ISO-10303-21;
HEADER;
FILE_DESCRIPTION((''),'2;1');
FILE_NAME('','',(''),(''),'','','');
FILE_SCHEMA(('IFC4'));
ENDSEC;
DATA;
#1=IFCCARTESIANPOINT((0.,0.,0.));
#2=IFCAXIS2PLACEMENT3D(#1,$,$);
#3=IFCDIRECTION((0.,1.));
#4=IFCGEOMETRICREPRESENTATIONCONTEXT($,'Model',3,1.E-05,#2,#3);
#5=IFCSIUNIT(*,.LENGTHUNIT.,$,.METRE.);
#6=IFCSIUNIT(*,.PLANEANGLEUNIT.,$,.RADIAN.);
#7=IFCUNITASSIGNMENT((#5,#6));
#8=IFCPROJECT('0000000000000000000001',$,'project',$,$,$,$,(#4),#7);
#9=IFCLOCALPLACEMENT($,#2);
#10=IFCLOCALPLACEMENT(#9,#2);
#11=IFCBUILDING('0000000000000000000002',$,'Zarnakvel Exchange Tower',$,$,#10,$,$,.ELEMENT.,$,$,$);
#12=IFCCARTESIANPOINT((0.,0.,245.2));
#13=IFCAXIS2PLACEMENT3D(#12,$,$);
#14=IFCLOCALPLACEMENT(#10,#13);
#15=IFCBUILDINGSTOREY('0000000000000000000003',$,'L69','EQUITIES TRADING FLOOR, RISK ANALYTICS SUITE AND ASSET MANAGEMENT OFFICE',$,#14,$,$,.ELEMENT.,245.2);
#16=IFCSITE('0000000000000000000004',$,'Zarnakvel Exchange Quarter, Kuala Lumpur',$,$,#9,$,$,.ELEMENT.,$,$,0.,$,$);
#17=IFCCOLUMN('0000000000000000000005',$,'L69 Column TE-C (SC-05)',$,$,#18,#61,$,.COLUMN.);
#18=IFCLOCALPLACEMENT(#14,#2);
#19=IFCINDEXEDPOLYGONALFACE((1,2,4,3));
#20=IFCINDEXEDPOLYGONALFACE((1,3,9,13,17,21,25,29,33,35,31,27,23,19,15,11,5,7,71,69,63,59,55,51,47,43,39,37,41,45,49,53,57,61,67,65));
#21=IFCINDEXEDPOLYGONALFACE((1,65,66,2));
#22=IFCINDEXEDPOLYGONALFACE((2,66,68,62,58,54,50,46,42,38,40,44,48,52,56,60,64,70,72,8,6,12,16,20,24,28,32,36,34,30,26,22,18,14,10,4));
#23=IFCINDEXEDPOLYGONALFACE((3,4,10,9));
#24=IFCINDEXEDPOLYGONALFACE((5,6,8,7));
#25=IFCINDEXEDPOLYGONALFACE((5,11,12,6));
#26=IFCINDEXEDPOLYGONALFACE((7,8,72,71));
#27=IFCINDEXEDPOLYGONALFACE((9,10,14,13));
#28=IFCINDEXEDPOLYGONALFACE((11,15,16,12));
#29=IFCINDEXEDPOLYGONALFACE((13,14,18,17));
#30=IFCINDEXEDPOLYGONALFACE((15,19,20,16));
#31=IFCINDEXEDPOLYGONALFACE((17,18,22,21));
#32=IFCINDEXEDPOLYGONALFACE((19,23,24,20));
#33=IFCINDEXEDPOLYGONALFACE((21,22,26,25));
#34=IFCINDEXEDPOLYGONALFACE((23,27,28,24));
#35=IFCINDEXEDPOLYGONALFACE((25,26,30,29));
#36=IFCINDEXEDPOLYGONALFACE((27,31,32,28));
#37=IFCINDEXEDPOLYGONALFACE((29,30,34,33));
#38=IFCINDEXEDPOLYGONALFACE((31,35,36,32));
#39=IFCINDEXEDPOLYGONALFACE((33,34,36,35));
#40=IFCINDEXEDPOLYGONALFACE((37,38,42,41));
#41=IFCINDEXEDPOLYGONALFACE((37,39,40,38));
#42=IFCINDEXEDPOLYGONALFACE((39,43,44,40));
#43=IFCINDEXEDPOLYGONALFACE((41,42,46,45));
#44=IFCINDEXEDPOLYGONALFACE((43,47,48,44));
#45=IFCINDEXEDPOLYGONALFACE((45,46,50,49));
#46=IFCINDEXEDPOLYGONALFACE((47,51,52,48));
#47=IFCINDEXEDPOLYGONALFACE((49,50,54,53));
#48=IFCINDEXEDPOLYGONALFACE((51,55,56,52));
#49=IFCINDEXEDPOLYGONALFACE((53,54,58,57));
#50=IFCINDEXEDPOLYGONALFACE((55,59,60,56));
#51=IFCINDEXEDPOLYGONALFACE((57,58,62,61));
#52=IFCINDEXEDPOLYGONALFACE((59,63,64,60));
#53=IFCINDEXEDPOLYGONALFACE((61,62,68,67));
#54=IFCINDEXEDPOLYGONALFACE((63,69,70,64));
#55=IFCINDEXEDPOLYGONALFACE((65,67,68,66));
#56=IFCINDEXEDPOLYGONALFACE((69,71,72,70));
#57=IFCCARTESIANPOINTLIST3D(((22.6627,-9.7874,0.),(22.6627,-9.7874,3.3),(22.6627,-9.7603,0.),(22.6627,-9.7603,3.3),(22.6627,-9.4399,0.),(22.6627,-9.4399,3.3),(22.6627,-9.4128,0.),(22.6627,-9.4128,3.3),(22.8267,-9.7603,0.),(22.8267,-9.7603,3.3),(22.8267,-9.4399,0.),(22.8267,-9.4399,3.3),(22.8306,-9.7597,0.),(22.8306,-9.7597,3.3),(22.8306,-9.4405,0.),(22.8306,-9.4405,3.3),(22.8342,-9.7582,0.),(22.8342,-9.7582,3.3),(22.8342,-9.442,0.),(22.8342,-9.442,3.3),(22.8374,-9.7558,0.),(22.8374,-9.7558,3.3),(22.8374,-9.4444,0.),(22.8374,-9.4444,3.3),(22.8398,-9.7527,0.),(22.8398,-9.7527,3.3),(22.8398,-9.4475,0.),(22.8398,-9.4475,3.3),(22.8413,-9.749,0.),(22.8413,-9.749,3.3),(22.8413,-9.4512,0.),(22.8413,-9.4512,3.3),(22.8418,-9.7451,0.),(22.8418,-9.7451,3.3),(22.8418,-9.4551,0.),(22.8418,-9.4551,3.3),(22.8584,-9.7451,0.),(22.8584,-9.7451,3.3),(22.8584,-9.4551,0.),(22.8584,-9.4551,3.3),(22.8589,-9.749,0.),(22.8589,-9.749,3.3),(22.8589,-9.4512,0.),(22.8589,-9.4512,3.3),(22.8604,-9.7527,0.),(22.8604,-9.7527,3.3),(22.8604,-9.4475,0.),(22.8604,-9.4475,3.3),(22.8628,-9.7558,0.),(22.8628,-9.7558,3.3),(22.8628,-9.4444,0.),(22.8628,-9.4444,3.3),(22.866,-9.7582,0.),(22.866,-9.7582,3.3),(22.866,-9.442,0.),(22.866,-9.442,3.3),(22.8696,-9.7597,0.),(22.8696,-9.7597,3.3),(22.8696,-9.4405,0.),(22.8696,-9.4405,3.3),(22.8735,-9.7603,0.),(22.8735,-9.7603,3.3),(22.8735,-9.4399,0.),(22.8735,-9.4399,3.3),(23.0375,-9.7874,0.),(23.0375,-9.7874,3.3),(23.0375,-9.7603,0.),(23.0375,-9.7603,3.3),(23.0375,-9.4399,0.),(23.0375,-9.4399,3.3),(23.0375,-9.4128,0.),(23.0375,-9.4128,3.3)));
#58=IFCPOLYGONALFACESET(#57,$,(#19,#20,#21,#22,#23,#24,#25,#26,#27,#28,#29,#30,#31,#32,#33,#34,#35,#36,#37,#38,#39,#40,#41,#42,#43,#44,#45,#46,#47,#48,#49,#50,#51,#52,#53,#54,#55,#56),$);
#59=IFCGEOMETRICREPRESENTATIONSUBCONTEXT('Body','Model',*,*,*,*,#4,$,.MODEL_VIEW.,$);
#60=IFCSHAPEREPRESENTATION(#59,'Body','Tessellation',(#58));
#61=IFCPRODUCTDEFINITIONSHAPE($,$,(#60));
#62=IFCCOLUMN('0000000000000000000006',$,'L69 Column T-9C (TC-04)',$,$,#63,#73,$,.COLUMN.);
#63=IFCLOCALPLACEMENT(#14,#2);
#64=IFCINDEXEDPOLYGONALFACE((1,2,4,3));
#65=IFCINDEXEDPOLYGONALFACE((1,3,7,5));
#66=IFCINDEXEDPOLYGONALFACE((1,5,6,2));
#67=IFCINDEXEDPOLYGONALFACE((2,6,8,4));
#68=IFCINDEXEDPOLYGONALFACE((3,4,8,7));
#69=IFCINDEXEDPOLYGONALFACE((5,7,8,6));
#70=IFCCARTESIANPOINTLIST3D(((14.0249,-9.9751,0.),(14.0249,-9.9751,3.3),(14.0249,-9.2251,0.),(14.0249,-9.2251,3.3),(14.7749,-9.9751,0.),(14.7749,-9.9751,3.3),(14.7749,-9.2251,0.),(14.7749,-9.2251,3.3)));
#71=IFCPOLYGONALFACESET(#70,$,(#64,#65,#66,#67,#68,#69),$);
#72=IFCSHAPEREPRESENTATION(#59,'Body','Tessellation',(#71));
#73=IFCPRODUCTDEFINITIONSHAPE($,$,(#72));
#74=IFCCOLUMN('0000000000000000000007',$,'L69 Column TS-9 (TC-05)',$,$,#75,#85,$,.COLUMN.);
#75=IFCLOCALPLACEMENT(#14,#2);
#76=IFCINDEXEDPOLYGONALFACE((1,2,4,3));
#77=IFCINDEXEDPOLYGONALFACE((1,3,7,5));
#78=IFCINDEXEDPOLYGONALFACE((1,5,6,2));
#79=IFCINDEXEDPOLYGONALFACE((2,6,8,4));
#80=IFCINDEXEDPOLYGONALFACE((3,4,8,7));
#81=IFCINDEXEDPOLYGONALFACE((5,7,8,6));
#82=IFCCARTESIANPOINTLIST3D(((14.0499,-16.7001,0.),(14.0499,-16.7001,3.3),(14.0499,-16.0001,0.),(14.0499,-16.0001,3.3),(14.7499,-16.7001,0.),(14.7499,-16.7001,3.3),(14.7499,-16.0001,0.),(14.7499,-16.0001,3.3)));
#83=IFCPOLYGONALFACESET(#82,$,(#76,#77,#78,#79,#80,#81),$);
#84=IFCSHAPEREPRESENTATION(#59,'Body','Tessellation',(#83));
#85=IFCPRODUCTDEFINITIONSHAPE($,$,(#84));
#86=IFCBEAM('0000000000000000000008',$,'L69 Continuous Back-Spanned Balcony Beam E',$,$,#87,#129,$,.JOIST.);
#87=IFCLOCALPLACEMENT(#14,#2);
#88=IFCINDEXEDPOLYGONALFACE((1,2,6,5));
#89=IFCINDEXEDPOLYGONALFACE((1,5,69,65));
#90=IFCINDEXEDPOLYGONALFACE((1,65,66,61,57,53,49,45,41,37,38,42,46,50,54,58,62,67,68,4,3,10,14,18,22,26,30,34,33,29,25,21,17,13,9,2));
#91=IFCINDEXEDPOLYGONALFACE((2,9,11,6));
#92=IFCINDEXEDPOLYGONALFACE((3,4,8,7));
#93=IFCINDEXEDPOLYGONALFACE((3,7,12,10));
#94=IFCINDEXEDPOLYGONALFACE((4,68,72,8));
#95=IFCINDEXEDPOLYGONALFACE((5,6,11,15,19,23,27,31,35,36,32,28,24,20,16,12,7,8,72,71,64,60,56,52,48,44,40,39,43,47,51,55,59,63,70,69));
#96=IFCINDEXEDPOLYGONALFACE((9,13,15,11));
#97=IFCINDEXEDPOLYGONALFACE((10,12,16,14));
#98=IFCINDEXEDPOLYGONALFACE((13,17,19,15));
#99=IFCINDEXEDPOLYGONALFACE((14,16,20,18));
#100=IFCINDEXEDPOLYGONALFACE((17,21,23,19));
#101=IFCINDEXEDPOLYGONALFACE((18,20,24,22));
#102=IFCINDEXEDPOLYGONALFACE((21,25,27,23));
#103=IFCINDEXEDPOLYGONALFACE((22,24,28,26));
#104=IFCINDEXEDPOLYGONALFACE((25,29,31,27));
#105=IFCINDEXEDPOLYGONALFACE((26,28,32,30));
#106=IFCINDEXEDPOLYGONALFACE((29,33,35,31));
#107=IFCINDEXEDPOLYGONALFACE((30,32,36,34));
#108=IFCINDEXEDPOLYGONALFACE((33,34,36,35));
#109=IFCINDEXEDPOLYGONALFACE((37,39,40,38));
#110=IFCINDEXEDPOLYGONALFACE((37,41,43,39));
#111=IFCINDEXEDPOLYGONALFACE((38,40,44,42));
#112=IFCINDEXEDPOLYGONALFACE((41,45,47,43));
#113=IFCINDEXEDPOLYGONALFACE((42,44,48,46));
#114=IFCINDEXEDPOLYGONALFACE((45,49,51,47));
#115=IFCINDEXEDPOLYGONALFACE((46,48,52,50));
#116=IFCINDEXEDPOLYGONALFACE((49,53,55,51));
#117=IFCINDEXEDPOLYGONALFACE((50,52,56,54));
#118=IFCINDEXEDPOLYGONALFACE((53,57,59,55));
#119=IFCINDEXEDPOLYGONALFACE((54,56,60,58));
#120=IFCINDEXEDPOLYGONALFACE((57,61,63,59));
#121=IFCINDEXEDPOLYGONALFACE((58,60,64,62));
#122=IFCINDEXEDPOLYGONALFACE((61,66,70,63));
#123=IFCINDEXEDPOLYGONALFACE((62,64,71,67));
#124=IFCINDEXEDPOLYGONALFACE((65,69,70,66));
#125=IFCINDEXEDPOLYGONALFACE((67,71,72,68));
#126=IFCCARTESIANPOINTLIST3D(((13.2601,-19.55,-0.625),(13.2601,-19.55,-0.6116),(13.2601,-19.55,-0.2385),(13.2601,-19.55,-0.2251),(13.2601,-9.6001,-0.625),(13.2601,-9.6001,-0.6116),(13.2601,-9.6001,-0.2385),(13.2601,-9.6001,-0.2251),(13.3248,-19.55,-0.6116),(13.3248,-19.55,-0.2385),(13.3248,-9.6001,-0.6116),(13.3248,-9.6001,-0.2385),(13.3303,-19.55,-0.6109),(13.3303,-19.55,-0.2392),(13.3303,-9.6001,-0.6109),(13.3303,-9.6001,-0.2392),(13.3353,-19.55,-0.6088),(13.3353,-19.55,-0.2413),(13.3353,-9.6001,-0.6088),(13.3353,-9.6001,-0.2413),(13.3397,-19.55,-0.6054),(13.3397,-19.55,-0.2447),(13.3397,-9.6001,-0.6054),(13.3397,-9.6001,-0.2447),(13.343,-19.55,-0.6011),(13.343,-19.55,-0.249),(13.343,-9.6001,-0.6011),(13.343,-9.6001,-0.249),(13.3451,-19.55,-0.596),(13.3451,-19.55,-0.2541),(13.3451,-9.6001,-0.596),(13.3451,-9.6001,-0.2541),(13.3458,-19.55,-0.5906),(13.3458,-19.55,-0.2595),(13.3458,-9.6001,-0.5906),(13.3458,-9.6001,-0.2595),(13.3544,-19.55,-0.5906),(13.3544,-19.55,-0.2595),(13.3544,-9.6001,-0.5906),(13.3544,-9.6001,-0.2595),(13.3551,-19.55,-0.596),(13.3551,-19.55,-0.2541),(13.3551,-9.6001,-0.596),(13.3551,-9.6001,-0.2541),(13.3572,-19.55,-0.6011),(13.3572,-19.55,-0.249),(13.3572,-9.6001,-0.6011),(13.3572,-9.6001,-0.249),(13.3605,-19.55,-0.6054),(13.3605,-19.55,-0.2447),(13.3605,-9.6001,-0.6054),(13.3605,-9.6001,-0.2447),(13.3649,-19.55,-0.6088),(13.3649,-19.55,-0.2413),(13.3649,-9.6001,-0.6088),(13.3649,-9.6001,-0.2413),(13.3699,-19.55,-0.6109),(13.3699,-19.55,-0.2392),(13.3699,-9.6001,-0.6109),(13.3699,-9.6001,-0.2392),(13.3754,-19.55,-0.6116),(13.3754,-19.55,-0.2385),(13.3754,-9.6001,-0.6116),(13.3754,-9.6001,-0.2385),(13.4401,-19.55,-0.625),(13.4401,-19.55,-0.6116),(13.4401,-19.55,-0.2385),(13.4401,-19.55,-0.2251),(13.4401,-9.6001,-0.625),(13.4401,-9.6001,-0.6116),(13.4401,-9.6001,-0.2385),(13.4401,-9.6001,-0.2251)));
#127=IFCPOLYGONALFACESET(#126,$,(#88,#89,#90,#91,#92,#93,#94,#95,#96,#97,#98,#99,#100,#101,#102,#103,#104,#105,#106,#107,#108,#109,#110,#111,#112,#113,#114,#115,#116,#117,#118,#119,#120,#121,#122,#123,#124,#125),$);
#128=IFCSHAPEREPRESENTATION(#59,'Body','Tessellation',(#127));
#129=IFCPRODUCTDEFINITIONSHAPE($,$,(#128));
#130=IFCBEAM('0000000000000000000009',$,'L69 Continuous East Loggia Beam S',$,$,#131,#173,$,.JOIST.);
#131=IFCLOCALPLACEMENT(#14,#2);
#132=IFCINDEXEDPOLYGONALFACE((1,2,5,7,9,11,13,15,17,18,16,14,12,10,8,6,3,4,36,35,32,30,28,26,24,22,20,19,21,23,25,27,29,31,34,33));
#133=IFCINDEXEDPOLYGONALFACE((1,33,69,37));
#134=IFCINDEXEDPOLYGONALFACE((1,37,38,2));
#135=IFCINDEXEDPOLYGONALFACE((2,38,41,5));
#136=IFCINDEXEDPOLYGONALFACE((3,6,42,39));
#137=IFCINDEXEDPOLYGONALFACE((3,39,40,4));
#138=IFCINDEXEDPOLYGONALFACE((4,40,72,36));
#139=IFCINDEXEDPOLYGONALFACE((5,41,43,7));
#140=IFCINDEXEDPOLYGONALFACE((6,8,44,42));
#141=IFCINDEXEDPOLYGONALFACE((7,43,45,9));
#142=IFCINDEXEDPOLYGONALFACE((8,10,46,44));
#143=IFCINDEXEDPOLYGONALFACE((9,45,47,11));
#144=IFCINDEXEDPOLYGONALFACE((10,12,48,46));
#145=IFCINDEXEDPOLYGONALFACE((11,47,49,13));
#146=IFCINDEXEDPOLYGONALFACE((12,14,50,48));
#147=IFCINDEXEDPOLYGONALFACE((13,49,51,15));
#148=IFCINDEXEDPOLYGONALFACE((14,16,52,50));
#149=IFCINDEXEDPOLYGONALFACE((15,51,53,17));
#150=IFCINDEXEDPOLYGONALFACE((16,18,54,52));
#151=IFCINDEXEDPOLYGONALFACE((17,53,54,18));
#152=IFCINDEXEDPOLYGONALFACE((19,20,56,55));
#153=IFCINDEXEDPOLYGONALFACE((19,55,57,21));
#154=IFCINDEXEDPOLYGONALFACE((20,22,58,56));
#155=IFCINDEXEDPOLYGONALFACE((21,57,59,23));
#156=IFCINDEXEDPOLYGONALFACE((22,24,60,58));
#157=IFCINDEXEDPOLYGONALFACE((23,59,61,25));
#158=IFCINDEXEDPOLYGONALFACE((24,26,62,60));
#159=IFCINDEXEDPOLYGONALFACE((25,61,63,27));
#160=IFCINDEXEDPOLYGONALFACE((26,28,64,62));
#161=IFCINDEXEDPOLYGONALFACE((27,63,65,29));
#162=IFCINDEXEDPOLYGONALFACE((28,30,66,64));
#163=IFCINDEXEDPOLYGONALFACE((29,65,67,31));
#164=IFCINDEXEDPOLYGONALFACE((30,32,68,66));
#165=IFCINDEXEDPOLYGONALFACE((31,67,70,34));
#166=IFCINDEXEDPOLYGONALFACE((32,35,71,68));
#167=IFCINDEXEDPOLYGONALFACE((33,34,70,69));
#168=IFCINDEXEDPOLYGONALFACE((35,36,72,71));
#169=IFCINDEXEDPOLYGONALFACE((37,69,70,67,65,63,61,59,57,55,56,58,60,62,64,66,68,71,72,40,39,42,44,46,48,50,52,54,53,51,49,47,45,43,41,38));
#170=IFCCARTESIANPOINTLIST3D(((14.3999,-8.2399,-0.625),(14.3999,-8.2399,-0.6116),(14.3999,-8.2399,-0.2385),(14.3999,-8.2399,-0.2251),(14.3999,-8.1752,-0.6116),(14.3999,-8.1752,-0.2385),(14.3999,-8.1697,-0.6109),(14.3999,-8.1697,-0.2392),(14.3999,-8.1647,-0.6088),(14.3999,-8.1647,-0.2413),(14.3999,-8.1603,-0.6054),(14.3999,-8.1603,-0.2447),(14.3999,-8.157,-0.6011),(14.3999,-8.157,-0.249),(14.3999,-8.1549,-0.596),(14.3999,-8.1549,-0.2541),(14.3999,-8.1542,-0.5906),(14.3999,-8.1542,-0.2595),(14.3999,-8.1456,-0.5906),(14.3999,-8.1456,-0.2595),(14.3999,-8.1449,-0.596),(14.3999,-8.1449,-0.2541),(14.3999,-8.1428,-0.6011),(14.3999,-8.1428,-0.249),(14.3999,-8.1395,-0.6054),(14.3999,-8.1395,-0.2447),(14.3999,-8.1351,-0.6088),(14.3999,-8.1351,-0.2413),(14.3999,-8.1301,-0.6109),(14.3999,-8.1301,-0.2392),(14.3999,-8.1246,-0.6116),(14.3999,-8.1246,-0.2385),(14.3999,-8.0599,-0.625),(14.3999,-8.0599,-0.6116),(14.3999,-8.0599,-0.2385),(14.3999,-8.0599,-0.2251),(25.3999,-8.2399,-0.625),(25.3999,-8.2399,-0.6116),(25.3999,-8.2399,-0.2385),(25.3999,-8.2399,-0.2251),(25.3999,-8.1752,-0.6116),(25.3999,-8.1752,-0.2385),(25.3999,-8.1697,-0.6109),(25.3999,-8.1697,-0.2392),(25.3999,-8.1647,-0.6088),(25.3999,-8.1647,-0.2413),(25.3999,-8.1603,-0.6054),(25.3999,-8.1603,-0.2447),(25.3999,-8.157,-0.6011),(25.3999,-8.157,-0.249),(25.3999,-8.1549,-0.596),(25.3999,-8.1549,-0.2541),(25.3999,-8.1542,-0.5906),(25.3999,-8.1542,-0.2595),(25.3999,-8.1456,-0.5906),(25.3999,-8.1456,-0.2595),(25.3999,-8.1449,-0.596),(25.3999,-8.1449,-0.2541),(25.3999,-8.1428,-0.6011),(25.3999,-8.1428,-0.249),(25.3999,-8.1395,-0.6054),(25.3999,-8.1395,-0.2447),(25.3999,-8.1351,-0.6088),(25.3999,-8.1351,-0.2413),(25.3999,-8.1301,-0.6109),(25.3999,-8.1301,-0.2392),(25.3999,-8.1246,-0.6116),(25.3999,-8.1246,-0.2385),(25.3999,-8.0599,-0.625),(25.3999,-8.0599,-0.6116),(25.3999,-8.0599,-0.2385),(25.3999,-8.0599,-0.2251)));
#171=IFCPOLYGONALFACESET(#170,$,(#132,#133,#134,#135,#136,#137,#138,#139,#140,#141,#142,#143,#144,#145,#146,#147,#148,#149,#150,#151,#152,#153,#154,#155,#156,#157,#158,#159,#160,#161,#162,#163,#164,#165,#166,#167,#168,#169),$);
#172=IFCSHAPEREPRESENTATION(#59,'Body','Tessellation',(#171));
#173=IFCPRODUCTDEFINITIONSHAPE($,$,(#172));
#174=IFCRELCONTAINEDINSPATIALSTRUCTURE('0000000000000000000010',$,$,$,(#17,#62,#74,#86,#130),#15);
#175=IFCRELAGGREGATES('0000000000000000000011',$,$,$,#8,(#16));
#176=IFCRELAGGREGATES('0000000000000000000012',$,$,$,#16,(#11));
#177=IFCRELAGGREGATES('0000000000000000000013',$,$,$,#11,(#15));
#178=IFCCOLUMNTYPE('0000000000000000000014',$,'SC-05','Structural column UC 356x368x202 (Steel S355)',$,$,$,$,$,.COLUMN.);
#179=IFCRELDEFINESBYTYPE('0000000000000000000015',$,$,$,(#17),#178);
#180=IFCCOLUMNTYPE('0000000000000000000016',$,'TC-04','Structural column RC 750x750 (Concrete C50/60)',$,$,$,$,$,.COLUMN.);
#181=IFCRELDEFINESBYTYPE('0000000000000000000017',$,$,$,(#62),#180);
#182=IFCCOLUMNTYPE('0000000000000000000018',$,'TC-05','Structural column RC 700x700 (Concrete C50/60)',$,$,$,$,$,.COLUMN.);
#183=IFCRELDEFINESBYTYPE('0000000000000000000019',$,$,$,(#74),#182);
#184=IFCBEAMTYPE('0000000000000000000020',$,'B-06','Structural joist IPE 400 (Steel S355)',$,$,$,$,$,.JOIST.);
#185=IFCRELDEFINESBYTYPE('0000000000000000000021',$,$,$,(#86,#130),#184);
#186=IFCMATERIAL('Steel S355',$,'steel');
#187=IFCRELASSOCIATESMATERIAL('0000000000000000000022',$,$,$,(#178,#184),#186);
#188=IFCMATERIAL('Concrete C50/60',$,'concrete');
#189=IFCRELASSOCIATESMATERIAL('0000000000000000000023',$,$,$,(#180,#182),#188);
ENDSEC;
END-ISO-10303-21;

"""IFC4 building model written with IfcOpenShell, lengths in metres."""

from ifc_helpers import new_model, si_unit, direction, frame, origin, origin_2d, place, context, subcontext, project, spatial, rectangle, i_section, extrude, material, material_profile, profile_set, type_object, element, save


model = new_model("IFC4")

# Units and contexts
model_context = context("Model", 3, precision=1e-05, world=origin(), true_north=direction((0.0, 1.0)))
body_context = subcontext(model_context, "Body", "Model", "MODEL_VIEW")
ifc_project = project(units=[si_unit("LENGTHUNIT", "METRE"), si_unit("PLANEANGLEUNIT", "RADIAN")], contexts=[model_context])

# Site, building, storey
site_placement = place(None, origin())
site = spatial("IfcSite", under=ifc_project, at=site_placement, Name="Zarnakvel Exchange Quarter, Kuala Lumpur", CompositionType="ELEMENT", RefElevation=0.0)
building_placement = place(site_placement, origin())
building = spatial("IfcBuilding", under=site, at=building_placement, Name="Zarnakvel Exchange Tower", CompositionType="ELEMENT")
storey_placement = place(building_placement, frame((0.0, 0.0, 245.2)))
storey = spatial("IfcBuildingStorey", under=building, at=storey_placement, Name="L69", Description="EQUITIES TRADING FLOOR, RISK ANALYTICS SUITE AND ASSET MANAGEMENT OFFICE", CompositionType="ELEMENT", Elevation=245.2)

# Columns
ifc_material_1 = material(Name="Steel S355", Category="steel")
ifc_material_profile_1 = material_profile(ifc_material_1, i_section(OverallWidth=0.3748, OverallDepth=0.3745, WebThickness=0.0166, FlangeThickness=0.0271, FilletRadius=0.0151, at=origin_2d()))
ifc_profile_set_1 = profile_set([ifc_material_profile_1], Name="Steel S355")
column_type_1 = type_object("IfcColumnType", Name="SC-05", Description="Structural column UC 356x368x202 (Steel S355)", PredefinedType="COLUMN", material=ifc_profile_set_1)
column_1_placement = place(storey_placement, frame((22.8501, -9.6001, 0.0), z_axis=(0.0, 0.0, 1.0), x_axis=(1.0, 0.0, 0.0)))
element("IfcColumn", 1, at=column_1_placement, inside=storey, type_object=column_type_1, Name="L69 Column TE-C (SC-05)", PredefinedType="COLUMN", context=body_context, shape_type="SweptSolid", body=[
    extrude(i_section(OverallWidth=0.3748, OverallDepth=0.3745, WebThickness=0.0166, FlangeThickness=0.0271, FilletRadius=0.0151, at=origin_2d()), origin(), (0.0, 0.0, 1.0), 3.3),
])
ifc_material_2 = material(Name="Concrete C50/60", Category="concrete")
ifc_material_profile_2 = material_profile(ifc_material_2, rectangle(XDim=0.75, YDim=0.75, at=origin_2d()))
ifc_profile_set_2 = profile_set([ifc_material_profile_2], Name="Concrete C50/60")
column_type_2 = type_object("IfcColumnType", Name="TC-04", Description="Structural column RC 750x750 (Concrete C50/60)", PredefinedType="COLUMN", material=ifc_profile_set_2)
column_2_placement = place(storey_placement, frame((14.3999, -9.6001, 0.0), z_axis=(0.0, 0.0, 1.0), x_axis=(1.0, 0.0, 0.0)))
element("IfcColumn", 2, at=column_2_placement, inside=storey, type_object=column_type_2, Name="L69 Column T-9C (TC-04)", PredefinedType="COLUMN", context=body_context, shape_type="SweptSolid", body=[
    extrude(rectangle(XDim=0.75, YDim=0.75, at=origin_2d()), origin(), (0.0, 0.0, 1.0), 3.3),
])
ifc_material_profile_3 = material_profile(ifc_material_2, rectangle(XDim=0.7, YDim=0.7, at=origin_2d()))
ifc_profile_set_3 = profile_set([ifc_material_profile_3], Name="Concrete C50/60")
column_type_3 = type_object("IfcColumnType", Name="TC-05", Description="Structural column RC 700x700 (Concrete C50/60)", PredefinedType="COLUMN", material=ifc_profile_set_3)
column_3_placement = place(storey_placement, frame((14.3999, -16.3501, 0.0), z_axis=(0.0, 0.0, 1.0), x_axis=(1.0, 0.0, 0.0)))
element("IfcColumn", 3, at=column_3_placement, inside=storey, type_object=column_type_3, Name="L69 Column TS-9 (TC-05)", PredefinedType="COLUMN", context=body_context, shape_type="SweptSolid", body=[
    extrude(rectangle(XDim=0.7, YDim=0.7, at=origin_2d()), origin(), (0.0, 0.0, 1.0), 3.3),
])

# Beams
ifc_material_profile_4 = material_profile(ifc_material_1, i_section(OverallWidth=0.1799, OverallDepth=0.3999, WebThickness=0.0085, FlangeThickness=0.0134, FilletRadius=0.021, at=origin_2d()))
ifc_profile_set_4 = profile_set([ifc_material_profile_4], Name="Steel S355")
beam_type_1 = type_object("IfcBeamType", Name="B-06", Description="Structural joist IPE 400 (Steel S355)", PredefinedType="JOIST", material=ifc_profile_set_4)
beam_1_placement = place(storey_placement, frame((13.3501, -9.6001, -0.425), z_axis=(0.0, -1.0, 0.0), x_axis=(1.0, 0.0, 0.0)))
element("IfcBeam", 4, at=beam_1_placement, inside=storey, type_object=beam_type_1, Name="L69 Continuous Back-Spanned Balcony Beam E", PredefinedType="JOIST", context=body_context, shape_type="SweptSolid", body=[
    extrude(i_section(OverallWidth=0.1799, OverallDepth=0.3999, WebThickness=0.0085, FlangeThickness=0.0134, FilletRadius=0.021, at=origin_2d()), origin(), (0.0, 0.0, 1.0), 9.95),
])
beam_2_placement = place(storey_placement, frame((14.3999, -8.1499, -0.425), z_axis=(1.0, 0.0, 0.0), x_axis=(0.0, 1.0, 0.0)))
element("IfcBeam", 5, at=beam_2_placement, inside=storey, type_object=beam_type_1, Name="L69 Continuous East Loggia Beam S", PredefinedType="JOIST", context=body_context, shape_type="SweptSolid", body=[
    extrude(i_section(OverallWidth=0.1799, OverallDepth=0.3999, WebThickness=0.0085, FlangeThickness=0.0134, FilletRadius=0.021, at=origin_2d()), origin(), (0.0, 0.0, 1.0), 11.0),
])

save(model, "model.ifc")
